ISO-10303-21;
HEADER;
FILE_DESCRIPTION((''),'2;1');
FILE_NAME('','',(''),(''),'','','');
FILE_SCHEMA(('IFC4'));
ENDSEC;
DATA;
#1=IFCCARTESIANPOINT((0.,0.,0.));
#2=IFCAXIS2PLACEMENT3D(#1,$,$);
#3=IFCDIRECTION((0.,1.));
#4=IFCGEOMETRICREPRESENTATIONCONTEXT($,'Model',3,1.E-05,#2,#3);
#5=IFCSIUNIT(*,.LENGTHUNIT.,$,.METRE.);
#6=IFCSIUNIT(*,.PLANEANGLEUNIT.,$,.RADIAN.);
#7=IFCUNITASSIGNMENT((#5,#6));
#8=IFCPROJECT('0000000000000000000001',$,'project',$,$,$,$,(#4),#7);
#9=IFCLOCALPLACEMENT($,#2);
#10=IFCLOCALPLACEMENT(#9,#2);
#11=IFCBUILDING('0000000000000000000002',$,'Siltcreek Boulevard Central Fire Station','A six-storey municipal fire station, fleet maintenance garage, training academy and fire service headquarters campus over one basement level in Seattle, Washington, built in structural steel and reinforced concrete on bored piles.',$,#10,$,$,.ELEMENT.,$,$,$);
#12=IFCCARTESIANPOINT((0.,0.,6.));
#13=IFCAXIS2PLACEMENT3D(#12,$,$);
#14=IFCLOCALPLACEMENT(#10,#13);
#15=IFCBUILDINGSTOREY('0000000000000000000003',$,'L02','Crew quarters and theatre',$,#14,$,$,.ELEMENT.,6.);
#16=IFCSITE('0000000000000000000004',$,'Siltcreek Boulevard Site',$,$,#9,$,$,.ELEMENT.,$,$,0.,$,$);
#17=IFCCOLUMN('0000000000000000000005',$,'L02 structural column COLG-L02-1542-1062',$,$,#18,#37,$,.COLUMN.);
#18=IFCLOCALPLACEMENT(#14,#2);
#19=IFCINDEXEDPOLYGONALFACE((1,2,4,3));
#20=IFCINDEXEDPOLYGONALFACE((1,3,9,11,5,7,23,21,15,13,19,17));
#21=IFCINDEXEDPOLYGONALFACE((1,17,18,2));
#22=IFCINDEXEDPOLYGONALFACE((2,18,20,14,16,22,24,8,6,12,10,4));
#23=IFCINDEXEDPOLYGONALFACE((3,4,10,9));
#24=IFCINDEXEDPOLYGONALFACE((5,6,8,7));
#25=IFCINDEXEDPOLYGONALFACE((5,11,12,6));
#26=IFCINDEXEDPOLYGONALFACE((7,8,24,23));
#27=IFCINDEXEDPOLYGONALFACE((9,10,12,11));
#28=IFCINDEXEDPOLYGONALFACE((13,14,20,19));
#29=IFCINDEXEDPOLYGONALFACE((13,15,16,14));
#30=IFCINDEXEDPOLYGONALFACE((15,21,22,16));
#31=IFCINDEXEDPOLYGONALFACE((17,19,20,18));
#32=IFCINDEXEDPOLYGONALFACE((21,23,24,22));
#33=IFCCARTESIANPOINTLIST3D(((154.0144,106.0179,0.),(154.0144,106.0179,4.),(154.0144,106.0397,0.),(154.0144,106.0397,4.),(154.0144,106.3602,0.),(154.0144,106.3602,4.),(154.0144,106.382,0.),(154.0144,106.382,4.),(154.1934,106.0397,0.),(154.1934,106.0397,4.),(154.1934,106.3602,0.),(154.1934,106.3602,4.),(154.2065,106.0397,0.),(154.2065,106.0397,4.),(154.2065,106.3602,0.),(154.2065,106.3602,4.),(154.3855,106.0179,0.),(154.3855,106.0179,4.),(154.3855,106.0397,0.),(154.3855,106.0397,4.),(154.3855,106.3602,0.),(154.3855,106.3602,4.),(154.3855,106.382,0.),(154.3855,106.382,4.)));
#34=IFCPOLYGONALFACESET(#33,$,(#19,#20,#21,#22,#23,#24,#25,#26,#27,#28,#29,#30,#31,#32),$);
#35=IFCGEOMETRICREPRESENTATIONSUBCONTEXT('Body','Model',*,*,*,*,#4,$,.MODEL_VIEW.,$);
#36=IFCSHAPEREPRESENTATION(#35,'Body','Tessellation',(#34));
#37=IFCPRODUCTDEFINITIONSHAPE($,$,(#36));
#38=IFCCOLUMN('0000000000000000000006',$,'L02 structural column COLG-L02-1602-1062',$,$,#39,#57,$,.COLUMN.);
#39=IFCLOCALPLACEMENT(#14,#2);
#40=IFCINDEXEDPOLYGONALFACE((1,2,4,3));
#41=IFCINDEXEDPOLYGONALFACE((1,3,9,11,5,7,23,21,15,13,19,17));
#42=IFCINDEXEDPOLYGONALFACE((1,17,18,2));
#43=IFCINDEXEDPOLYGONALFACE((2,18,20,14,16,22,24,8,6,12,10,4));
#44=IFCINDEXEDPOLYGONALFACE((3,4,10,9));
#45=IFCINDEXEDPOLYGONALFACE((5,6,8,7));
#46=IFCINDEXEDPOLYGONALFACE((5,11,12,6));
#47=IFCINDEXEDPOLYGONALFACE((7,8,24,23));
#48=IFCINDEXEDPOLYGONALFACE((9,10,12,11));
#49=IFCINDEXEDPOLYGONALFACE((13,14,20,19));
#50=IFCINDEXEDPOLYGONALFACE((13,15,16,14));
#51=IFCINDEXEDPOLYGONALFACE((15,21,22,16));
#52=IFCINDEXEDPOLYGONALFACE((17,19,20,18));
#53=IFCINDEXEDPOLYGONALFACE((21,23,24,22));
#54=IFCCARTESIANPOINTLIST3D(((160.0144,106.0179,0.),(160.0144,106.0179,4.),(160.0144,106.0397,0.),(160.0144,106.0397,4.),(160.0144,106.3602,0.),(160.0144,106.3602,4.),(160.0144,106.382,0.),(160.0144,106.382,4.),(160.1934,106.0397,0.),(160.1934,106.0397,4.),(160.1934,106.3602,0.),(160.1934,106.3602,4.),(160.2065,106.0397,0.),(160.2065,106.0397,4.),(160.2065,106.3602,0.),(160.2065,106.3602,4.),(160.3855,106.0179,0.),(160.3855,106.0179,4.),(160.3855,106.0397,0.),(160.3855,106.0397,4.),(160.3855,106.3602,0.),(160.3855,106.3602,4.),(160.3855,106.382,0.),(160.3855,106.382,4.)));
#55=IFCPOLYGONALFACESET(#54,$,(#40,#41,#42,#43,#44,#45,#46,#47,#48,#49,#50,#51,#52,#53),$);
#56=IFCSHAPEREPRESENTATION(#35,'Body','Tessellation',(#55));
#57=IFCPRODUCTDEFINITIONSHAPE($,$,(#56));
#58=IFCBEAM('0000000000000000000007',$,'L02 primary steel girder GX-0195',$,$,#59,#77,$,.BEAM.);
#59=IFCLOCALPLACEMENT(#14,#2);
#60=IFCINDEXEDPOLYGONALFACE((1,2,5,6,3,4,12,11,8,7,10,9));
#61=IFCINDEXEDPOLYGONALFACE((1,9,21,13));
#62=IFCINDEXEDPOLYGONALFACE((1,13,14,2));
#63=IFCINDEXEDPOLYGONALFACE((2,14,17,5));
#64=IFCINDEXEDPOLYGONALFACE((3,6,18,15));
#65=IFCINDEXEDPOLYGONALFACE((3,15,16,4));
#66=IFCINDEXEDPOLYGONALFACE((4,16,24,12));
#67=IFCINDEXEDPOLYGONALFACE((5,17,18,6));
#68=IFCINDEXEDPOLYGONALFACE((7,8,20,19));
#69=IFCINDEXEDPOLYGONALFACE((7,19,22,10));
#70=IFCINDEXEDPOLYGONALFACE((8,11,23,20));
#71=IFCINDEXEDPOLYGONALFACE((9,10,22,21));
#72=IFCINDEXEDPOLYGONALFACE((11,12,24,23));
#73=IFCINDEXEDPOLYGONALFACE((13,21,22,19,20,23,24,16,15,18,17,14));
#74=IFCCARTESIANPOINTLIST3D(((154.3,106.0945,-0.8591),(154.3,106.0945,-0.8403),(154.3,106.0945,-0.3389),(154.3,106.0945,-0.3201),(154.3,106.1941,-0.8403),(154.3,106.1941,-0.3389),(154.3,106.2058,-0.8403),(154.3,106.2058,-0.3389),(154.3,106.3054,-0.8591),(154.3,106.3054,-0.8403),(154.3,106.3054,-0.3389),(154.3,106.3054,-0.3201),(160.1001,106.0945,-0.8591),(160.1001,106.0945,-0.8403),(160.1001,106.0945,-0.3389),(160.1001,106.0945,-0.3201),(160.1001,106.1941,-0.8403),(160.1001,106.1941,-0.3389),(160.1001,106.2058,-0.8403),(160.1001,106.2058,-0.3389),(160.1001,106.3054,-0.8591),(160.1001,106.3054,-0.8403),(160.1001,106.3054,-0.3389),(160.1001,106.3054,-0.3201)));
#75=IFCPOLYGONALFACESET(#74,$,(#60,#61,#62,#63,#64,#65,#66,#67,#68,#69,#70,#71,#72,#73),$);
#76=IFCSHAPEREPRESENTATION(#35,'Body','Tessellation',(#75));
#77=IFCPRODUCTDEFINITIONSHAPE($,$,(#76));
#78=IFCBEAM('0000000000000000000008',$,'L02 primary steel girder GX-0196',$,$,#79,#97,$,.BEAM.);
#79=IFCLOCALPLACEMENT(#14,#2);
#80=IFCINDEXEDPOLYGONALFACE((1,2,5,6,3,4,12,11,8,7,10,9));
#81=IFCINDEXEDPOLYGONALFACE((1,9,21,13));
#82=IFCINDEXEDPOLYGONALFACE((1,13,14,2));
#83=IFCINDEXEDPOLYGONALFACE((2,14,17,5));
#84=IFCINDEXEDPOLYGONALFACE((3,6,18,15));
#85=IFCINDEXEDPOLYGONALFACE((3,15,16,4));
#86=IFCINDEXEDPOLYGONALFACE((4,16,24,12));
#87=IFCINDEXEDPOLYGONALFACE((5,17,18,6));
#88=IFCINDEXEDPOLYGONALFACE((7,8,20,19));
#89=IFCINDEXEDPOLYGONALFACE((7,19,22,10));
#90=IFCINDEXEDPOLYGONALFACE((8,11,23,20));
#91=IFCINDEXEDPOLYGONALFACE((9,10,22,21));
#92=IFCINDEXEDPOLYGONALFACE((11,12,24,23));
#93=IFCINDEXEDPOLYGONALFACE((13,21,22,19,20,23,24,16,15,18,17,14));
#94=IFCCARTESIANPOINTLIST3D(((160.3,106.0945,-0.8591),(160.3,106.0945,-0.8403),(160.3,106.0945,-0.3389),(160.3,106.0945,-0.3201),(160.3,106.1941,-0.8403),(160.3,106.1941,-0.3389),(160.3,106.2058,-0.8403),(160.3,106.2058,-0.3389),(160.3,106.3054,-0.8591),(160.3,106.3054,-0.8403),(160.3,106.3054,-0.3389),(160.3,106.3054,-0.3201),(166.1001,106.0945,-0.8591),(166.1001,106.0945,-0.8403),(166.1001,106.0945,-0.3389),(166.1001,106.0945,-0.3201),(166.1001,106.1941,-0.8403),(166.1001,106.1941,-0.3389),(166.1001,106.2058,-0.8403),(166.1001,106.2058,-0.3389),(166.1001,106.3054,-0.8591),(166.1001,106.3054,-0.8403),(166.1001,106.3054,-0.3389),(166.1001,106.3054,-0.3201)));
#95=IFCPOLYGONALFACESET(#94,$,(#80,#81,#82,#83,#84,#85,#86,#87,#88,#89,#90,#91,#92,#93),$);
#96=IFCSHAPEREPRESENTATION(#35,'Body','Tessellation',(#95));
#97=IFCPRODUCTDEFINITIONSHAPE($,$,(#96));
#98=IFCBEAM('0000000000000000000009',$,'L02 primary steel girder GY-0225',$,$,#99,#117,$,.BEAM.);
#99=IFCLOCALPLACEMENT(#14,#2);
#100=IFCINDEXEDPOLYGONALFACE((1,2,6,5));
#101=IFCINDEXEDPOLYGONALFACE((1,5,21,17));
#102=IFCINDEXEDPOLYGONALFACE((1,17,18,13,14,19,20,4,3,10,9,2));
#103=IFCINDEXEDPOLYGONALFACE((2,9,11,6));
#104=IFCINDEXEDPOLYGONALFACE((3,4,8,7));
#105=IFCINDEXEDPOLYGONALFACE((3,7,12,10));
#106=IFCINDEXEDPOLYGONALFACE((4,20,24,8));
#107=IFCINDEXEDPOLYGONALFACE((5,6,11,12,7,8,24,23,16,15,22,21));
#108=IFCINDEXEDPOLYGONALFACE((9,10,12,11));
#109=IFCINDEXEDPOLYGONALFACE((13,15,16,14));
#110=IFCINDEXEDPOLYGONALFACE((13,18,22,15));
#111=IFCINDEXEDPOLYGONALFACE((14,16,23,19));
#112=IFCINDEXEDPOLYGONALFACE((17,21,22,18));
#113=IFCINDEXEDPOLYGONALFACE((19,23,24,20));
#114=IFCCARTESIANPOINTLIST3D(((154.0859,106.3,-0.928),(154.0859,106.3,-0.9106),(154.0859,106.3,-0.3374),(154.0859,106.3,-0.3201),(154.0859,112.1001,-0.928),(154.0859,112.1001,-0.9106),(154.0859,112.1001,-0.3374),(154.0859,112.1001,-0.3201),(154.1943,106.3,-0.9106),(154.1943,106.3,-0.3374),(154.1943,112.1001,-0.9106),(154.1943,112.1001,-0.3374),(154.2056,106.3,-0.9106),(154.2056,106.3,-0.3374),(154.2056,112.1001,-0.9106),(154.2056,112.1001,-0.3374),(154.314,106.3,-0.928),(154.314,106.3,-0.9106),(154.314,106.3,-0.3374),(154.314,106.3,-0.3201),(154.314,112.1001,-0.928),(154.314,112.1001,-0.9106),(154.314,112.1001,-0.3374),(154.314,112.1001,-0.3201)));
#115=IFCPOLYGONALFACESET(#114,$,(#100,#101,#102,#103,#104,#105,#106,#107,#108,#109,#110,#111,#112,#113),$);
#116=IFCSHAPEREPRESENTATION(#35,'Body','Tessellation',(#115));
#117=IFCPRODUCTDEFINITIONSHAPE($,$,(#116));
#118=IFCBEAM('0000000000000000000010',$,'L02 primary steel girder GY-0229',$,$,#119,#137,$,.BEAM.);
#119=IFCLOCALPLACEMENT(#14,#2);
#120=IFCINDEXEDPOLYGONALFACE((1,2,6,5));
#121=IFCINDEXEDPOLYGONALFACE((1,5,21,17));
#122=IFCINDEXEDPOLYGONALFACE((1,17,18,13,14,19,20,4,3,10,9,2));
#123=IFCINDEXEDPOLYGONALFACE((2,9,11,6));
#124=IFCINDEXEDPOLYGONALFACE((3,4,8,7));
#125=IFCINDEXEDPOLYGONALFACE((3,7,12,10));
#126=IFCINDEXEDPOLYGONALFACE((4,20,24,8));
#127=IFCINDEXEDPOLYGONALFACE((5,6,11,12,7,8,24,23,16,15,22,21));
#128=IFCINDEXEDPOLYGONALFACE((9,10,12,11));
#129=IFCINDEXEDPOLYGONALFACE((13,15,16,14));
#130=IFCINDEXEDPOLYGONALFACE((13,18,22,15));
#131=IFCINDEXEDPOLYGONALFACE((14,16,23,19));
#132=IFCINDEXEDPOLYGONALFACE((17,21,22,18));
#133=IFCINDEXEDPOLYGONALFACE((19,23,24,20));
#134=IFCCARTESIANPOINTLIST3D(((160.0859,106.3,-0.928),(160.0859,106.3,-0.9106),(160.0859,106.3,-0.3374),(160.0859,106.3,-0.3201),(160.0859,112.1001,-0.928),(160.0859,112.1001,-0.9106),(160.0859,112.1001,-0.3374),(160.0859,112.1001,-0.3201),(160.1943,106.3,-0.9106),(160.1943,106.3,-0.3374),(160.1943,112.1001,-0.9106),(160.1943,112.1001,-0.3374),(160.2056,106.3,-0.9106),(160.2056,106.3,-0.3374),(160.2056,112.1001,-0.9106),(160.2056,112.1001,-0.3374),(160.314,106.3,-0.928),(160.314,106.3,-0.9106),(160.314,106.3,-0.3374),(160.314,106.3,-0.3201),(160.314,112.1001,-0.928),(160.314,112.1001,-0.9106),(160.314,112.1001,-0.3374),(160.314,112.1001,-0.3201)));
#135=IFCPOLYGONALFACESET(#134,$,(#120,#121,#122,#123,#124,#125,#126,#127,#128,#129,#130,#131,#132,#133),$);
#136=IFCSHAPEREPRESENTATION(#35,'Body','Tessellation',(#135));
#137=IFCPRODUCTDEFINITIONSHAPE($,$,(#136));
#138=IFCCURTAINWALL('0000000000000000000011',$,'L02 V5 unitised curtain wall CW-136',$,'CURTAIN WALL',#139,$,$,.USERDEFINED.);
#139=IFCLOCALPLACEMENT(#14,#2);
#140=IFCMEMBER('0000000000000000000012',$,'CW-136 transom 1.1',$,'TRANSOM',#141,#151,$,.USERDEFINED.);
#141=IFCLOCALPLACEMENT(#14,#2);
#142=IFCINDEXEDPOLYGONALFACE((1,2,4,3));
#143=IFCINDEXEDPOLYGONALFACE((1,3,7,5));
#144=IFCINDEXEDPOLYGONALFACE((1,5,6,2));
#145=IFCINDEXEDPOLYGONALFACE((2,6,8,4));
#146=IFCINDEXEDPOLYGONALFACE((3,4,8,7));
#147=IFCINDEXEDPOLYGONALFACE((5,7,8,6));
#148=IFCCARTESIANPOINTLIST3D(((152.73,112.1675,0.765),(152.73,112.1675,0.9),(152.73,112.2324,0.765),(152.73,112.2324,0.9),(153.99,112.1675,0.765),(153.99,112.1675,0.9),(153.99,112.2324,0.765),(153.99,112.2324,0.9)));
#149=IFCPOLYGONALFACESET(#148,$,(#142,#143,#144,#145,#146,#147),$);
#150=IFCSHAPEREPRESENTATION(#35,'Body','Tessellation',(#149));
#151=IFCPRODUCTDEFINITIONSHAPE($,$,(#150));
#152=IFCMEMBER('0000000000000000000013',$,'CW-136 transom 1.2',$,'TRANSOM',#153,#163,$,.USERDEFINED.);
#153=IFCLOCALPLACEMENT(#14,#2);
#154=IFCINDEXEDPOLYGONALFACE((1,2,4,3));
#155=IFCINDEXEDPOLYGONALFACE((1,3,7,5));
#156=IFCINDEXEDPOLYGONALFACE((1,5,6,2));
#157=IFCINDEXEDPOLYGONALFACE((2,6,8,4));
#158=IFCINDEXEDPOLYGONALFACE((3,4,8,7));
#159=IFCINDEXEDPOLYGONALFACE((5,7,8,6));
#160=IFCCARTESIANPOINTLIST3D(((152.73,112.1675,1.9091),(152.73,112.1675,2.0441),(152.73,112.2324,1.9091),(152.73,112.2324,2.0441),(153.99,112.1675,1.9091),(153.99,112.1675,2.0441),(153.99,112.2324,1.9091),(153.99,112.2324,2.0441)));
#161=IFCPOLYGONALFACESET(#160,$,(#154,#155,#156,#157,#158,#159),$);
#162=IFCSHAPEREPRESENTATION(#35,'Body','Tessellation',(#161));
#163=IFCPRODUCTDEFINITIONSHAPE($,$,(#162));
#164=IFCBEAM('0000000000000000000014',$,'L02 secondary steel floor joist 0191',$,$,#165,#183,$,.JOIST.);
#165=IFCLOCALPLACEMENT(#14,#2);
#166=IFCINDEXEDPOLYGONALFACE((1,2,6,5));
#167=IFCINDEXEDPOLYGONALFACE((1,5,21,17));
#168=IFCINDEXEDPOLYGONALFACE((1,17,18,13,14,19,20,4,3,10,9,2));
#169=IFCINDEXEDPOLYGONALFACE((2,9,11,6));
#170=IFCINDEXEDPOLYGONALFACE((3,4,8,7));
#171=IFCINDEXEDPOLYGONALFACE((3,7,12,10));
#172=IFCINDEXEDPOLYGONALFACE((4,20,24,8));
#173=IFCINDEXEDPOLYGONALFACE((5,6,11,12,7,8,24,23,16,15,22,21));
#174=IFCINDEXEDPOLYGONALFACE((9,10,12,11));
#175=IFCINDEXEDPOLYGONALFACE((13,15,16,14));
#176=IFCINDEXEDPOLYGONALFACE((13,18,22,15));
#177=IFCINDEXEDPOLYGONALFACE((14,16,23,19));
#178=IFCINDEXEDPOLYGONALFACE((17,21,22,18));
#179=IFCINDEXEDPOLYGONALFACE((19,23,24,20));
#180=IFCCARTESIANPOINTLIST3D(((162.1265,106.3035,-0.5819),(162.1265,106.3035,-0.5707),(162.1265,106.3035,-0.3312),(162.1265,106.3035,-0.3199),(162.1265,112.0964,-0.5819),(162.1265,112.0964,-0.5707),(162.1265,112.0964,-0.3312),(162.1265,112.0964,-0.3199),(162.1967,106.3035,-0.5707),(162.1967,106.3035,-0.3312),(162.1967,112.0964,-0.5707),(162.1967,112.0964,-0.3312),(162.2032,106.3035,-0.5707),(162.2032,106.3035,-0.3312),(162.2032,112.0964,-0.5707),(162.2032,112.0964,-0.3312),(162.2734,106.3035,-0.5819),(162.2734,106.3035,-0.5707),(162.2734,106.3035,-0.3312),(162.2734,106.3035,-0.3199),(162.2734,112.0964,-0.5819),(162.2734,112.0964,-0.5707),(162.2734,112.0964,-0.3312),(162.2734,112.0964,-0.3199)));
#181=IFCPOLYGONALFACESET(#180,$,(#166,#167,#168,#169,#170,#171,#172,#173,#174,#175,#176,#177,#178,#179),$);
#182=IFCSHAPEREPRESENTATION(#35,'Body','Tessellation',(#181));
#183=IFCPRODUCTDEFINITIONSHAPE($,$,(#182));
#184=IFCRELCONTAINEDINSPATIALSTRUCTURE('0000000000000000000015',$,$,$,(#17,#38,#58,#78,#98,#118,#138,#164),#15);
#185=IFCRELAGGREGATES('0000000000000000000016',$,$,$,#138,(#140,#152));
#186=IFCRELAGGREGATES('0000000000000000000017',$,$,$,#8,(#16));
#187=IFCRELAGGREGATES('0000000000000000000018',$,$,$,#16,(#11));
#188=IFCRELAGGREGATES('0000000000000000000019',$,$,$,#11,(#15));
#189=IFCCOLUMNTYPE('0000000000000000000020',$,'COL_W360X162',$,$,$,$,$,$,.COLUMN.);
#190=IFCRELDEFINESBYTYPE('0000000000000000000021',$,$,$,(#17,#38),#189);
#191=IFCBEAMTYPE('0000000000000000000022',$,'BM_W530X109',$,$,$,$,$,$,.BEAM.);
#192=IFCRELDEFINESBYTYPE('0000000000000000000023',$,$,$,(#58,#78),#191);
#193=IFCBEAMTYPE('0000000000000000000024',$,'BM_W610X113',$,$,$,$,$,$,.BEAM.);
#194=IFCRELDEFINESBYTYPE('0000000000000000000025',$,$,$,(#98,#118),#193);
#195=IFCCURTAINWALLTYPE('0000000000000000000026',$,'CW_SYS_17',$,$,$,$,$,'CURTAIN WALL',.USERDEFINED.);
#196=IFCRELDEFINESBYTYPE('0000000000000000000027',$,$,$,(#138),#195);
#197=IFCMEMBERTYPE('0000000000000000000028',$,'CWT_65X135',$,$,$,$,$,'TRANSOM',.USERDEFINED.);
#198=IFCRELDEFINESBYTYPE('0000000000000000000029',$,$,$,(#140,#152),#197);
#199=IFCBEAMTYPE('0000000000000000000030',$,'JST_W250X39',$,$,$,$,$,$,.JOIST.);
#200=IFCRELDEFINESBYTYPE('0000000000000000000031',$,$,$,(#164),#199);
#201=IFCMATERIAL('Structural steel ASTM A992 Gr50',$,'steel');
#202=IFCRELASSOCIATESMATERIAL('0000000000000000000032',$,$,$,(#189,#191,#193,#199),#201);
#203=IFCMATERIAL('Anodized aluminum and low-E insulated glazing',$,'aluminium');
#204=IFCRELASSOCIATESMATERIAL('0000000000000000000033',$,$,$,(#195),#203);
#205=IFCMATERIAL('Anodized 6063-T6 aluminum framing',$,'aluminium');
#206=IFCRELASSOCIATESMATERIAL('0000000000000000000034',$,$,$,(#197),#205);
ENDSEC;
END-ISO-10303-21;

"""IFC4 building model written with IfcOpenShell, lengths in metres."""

from ifc_helpers import new_model, si_unit, direction, frame, origin, origin_2d, place, context, subcontext, project, spatial, rectangle, i_section, extrude, material, material_profile, profile_set, type_object, element, aggregate, save


model = new_model("IFC4")

# Units and contexts
model_context = context("Model", 3, precision=1e-05, world=origin(), true_north=direction((0.0, 1.0)))
body_context = subcontext(model_context, "Body", "Model", "MODEL_VIEW")
ifc_project = project(units=[si_unit("LENGTHUNIT", "METRE"), si_unit("PLANEANGLEUNIT", "RADIAN")], contexts=[model_context])

# Site, building, storey
site_placement = place(None, origin())
site = spatial("IfcSite", under=ifc_project, at=site_placement, Name="Siltcreek Boulevard Site", CompositionType="ELEMENT", RefElevation=0.0)
building_placement = place(site_placement, origin())
building = spatial("IfcBuilding", under=site, at=building_placement, Name="Siltcreek Boulevard Central Fire Station", Description="A six-storey municipal fire station, fleet maintenance garage, training academy and fire service headquarters campus over one basement level in Seattle, Washington, built in structural steel and reinforced concrete on bored piles.", CompositionType="ELEMENT")
storey_placement = place(building_placement, frame((0.0, 0.0, 6.0)))
storey = spatial("IfcBuildingStorey", under=building, at=storey_placement, Name="L02", Description="Crew quarters and theatre", CompositionType="ELEMENT", Elevation=6.0)

# Columns
ifc_material_1 = material(Name="Structural steel ASTM A992 Gr50", Category="steel")
ifc_material_profile_1 = material_profile(ifc_material_1, i_section(OverallWidth=0.3711, OverallDepth=0.364, WebThickness=0.0132, FlangeThickness=0.0217, at=origin_2d()), Name="W360X162")
ifc_profile_set_1 = profile_set([ifc_material_profile_1], Name="Structural steel ASTM A992 Gr50")
column_type = type_object("IfcColumnType", Name="COL_W360X162", PredefinedType="COLUMN", material=ifc_profile_set_1)
for number, where, z_axis, x_axis, name in (
    (1, (154.2, 106.2, 0.0), (0.0, 0.0, 1.0), (1.0, 0.0, 0.0), "L02 structural column COLG-L02-1542-1062"),
    (2, (160.2, 106.2, 0.0), (0.0, 0.0, 1.0), (1.0, 0.0, 0.0), "L02 structural column COLG-L02-1602-1062"),
):
    element("IfcColumn", number, at=place(storey_placement, frame(where, z_axis=z_axis, x_axis=x_axis)), inside=storey, type_object=column_type, Name=name, PredefinedType="COLUMN", context=body_context, shape_type="SweptSolid", body=[
        extrude(i_section(OverallWidth=0.3711, OverallDepth=0.364, WebThickness=0.0132, FlangeThickness=0.0217, at=origin_2d()), origin(), (0.0, 0.0, 1.0), 4.0),
    ])

# Beams
ifc_material_profile_2 = material_profile(ifc_material_1, i_section(OverallWidth=0.2109, OverallDepth=0.5391, WebThickness=0.0117, FlangeThickness=0.0188, at=origin_2d()), Name="W530X109")
ifc_profile_set_2 = profile_set([ifc_material_profile_2], Name="Structural steel ASTM A992 Gr50")
beam_type_1 = type_object("IfcBeamType", Name="BM_W530X109", PredefinedType="BEAM", material=ifc_profile_set_2)
for number, where, z_axis, x_axis, name in (
    (3, (154.3, 106.2, -0.5896), (1.0, 0.0, 0.0), (0.0, 1.0, 0.0), "L02 primary steel girder GX-0195"),
    (4, (160.3, 106.2, -0.5896), (1.0, 0.0, 0.0), (0.0, 1.0, 0.0), "L02 primary steel girder GX-0196"),
):
    element("IfcBeam", number, at=place(storey_placement, frame(where, z_axis=z_axis, x_axis=x_axis)), inside=storey, type_object=beam_type_1, Name=name, PredefinedType="BEAM", context=body_context, shape_type="SweptSolid", body=[
        extrude(i_section(OverallWidth=0.2109, OverallDepth=0.5391, WebThickness=0.0117, FlangeThickness=0.0188, at=origin_2d()), origin(), (0.0, 0.0, 1.0), 5.8),
    ])
ifc_material_profile_3 = material_profile(ifc_material_1, i_section(OverallWidth=0.228, OverallDepth=0.6079, WebThickness=0.0112, FlangeThickness=0.0173, at=origin_2d()), Name="W610X113")
ifc_profile_set_3 = profile_set([ifc_material_profile_3], Name="Structural steel ASTM A992 Gr50")
beam_type_2 = type_object("IfcBeamType", Name="BM_W610X113", PredefinedType="BEAM", material=ifc_profile_set_3)
for number, where, z_axis, x_axis, name in (
    (5, (154.2, 106.3, -0.624), (0.0, 1.0, 0.0), (-1.0, 0.0, 0.0), "L02 primary steel girder GY-0225"),
    (6, (160.2, 106.3, -0.624), (0.0, 1.0, 0.0), (-1.0, 0.0, 0.0), "L02 primary steel girder GY-0229"),
):
    element("IfcBeam", number, at=place(storey_placement, frame(where, z_axis=z_axis, x_axis=x_axis)), inside=storey, type_object=beam_type_2, Name=name, PredefinedType="BEAM", context=body_context, shape_type="SweptSolid", body=[
        extrude(i_section(OverallWidth=0.228, OverallDepth=0.6079, WebThickness=0.0112, FlangeThickness=0.0173, at=origin_2d()), origin(), (0.0, 0.0, 1.0), 5.8),
    ])

# Curtain wall, members
ifc_material_2 = material(Name="Anodized aluminum and low-E insulated glazing", Category="aluminium")
curtain_wall_type = type_object("IfcCurtainWallType", Name="CW_SYS_17", ElementType="CURTAIN WALL", PredefinedType="USERDEFINED", material=ifc_material_2)
curtain_wall_placement = place(storey_placement, origin())
curtain_wall = element("IfcCurtainWall", 7, at=curtain_wall_placement, inside=storey, type_object=curtain_wall_type, Name="L02 V5 unitised curtain wall CW-136", ObjectType="CURTAIN WALL", PredefinedType="USERDEFINED")
ifc_material_3 = material(Name="Anodized 6063-T6 aluminum framing", Category="aluminium")
ifc_material_profile_4 = material_profile(ifc_material_3, rectangle(XDim=0.0649, YDim=0.135, at=origin_2d()), Name="TRAN65X135")
ifc_profile_set_4 = profile_set([ifc_material_profile_4], Name="Anodized 6063-T6 aluminum framing")
member_type = type_object("IfcMemberType", Name="CWT_65X135", ElementType="TRANSOM", PredefinedType="USERDEFINED", material=ifc_profile_set_4)
member_1_placement = place(storey_placement, frame((153.99, 112.2, 0.8325), z_axis=(-1.0, 0.0, 0.0), x_axis=(0.0, -1.0, 0.0)))
member_1 = element("IfcMember", 8, at=member_1_placement, type_object=member_type, Name="CW-136 transom 1.1", ObjectType="TRANSOM", PredefinedType="USERDEFINED", context=body_context, shape_type="SweptSolid", body=[
    extrude(rectangle(XDim=0.0649, YDim=0.135, at=origin_2d()), origin(), (0.0, 0.0, 1.0), 1.26),
])
member_2_placement = place(storey_placement, frame((153.99, 112.2, 1.9766), z_axis=(-1.0, 0.0, 0.0), x_axis=(0.0, -1.0, 0.0)))
member_2 = element("IfcMember", 9, at=member_2_placement, type_object=member_type, Name="CW-136 transom 1.2", ObjectType="TRANSOM", PredefinedType="USERDEFINED", context=body_context, shape_type="SweptSolid", body=[
    extrude(rectangle(XDim=0.0649, YDim=0.135, at=origin_2d()), origin(), (0.0, 0.0, 1.0), 1.26),
])

# Beam
ifc_material_profile_5 = material_profile(ifc_material_1, i_section(OverallWidth=0.147, OverallDepth=0.262, WebThickness=0.0066, FlangeThickness=0.0112, at=origin_2d()), Name="W250X39")
ifc_profile_set_5 = profile_set([ifc_material_profile_5], Name="Structural steel ASTM A992 Gr50")
beam_type_3 = type_object("IfcBeamType", Name="JST_W250X39", PredefinedType="JOIST", material=ifc_profile_set_5)
beam_1_placement = place(storey_placement, frame((162.2, 106.3035, -0.4509), z_axis=(0.0, 1.0, 0.0), x_axis=(-1.0, 0.0, 0.0)))
element("IfcBeam", 10, at=beam_1_placement, inside=storey, type_object=beam_type_3, Name="L02 secondary steel floor joist 0191", PredefinedType="JOIST", context=body_context, shape_type="SweptSolid", body=[
    extrude(i_section(OverallWidth=0.147, OverallDepth=0.262, WebThickness=0.0066, FlangeThickness=0.0112, at=origin_2d()), origin(), (0.0, 0.0, 1.0), 5.793),
])

aggregate(curtain_wall, [member_1, member_2])

save(model, "model.ifc")
